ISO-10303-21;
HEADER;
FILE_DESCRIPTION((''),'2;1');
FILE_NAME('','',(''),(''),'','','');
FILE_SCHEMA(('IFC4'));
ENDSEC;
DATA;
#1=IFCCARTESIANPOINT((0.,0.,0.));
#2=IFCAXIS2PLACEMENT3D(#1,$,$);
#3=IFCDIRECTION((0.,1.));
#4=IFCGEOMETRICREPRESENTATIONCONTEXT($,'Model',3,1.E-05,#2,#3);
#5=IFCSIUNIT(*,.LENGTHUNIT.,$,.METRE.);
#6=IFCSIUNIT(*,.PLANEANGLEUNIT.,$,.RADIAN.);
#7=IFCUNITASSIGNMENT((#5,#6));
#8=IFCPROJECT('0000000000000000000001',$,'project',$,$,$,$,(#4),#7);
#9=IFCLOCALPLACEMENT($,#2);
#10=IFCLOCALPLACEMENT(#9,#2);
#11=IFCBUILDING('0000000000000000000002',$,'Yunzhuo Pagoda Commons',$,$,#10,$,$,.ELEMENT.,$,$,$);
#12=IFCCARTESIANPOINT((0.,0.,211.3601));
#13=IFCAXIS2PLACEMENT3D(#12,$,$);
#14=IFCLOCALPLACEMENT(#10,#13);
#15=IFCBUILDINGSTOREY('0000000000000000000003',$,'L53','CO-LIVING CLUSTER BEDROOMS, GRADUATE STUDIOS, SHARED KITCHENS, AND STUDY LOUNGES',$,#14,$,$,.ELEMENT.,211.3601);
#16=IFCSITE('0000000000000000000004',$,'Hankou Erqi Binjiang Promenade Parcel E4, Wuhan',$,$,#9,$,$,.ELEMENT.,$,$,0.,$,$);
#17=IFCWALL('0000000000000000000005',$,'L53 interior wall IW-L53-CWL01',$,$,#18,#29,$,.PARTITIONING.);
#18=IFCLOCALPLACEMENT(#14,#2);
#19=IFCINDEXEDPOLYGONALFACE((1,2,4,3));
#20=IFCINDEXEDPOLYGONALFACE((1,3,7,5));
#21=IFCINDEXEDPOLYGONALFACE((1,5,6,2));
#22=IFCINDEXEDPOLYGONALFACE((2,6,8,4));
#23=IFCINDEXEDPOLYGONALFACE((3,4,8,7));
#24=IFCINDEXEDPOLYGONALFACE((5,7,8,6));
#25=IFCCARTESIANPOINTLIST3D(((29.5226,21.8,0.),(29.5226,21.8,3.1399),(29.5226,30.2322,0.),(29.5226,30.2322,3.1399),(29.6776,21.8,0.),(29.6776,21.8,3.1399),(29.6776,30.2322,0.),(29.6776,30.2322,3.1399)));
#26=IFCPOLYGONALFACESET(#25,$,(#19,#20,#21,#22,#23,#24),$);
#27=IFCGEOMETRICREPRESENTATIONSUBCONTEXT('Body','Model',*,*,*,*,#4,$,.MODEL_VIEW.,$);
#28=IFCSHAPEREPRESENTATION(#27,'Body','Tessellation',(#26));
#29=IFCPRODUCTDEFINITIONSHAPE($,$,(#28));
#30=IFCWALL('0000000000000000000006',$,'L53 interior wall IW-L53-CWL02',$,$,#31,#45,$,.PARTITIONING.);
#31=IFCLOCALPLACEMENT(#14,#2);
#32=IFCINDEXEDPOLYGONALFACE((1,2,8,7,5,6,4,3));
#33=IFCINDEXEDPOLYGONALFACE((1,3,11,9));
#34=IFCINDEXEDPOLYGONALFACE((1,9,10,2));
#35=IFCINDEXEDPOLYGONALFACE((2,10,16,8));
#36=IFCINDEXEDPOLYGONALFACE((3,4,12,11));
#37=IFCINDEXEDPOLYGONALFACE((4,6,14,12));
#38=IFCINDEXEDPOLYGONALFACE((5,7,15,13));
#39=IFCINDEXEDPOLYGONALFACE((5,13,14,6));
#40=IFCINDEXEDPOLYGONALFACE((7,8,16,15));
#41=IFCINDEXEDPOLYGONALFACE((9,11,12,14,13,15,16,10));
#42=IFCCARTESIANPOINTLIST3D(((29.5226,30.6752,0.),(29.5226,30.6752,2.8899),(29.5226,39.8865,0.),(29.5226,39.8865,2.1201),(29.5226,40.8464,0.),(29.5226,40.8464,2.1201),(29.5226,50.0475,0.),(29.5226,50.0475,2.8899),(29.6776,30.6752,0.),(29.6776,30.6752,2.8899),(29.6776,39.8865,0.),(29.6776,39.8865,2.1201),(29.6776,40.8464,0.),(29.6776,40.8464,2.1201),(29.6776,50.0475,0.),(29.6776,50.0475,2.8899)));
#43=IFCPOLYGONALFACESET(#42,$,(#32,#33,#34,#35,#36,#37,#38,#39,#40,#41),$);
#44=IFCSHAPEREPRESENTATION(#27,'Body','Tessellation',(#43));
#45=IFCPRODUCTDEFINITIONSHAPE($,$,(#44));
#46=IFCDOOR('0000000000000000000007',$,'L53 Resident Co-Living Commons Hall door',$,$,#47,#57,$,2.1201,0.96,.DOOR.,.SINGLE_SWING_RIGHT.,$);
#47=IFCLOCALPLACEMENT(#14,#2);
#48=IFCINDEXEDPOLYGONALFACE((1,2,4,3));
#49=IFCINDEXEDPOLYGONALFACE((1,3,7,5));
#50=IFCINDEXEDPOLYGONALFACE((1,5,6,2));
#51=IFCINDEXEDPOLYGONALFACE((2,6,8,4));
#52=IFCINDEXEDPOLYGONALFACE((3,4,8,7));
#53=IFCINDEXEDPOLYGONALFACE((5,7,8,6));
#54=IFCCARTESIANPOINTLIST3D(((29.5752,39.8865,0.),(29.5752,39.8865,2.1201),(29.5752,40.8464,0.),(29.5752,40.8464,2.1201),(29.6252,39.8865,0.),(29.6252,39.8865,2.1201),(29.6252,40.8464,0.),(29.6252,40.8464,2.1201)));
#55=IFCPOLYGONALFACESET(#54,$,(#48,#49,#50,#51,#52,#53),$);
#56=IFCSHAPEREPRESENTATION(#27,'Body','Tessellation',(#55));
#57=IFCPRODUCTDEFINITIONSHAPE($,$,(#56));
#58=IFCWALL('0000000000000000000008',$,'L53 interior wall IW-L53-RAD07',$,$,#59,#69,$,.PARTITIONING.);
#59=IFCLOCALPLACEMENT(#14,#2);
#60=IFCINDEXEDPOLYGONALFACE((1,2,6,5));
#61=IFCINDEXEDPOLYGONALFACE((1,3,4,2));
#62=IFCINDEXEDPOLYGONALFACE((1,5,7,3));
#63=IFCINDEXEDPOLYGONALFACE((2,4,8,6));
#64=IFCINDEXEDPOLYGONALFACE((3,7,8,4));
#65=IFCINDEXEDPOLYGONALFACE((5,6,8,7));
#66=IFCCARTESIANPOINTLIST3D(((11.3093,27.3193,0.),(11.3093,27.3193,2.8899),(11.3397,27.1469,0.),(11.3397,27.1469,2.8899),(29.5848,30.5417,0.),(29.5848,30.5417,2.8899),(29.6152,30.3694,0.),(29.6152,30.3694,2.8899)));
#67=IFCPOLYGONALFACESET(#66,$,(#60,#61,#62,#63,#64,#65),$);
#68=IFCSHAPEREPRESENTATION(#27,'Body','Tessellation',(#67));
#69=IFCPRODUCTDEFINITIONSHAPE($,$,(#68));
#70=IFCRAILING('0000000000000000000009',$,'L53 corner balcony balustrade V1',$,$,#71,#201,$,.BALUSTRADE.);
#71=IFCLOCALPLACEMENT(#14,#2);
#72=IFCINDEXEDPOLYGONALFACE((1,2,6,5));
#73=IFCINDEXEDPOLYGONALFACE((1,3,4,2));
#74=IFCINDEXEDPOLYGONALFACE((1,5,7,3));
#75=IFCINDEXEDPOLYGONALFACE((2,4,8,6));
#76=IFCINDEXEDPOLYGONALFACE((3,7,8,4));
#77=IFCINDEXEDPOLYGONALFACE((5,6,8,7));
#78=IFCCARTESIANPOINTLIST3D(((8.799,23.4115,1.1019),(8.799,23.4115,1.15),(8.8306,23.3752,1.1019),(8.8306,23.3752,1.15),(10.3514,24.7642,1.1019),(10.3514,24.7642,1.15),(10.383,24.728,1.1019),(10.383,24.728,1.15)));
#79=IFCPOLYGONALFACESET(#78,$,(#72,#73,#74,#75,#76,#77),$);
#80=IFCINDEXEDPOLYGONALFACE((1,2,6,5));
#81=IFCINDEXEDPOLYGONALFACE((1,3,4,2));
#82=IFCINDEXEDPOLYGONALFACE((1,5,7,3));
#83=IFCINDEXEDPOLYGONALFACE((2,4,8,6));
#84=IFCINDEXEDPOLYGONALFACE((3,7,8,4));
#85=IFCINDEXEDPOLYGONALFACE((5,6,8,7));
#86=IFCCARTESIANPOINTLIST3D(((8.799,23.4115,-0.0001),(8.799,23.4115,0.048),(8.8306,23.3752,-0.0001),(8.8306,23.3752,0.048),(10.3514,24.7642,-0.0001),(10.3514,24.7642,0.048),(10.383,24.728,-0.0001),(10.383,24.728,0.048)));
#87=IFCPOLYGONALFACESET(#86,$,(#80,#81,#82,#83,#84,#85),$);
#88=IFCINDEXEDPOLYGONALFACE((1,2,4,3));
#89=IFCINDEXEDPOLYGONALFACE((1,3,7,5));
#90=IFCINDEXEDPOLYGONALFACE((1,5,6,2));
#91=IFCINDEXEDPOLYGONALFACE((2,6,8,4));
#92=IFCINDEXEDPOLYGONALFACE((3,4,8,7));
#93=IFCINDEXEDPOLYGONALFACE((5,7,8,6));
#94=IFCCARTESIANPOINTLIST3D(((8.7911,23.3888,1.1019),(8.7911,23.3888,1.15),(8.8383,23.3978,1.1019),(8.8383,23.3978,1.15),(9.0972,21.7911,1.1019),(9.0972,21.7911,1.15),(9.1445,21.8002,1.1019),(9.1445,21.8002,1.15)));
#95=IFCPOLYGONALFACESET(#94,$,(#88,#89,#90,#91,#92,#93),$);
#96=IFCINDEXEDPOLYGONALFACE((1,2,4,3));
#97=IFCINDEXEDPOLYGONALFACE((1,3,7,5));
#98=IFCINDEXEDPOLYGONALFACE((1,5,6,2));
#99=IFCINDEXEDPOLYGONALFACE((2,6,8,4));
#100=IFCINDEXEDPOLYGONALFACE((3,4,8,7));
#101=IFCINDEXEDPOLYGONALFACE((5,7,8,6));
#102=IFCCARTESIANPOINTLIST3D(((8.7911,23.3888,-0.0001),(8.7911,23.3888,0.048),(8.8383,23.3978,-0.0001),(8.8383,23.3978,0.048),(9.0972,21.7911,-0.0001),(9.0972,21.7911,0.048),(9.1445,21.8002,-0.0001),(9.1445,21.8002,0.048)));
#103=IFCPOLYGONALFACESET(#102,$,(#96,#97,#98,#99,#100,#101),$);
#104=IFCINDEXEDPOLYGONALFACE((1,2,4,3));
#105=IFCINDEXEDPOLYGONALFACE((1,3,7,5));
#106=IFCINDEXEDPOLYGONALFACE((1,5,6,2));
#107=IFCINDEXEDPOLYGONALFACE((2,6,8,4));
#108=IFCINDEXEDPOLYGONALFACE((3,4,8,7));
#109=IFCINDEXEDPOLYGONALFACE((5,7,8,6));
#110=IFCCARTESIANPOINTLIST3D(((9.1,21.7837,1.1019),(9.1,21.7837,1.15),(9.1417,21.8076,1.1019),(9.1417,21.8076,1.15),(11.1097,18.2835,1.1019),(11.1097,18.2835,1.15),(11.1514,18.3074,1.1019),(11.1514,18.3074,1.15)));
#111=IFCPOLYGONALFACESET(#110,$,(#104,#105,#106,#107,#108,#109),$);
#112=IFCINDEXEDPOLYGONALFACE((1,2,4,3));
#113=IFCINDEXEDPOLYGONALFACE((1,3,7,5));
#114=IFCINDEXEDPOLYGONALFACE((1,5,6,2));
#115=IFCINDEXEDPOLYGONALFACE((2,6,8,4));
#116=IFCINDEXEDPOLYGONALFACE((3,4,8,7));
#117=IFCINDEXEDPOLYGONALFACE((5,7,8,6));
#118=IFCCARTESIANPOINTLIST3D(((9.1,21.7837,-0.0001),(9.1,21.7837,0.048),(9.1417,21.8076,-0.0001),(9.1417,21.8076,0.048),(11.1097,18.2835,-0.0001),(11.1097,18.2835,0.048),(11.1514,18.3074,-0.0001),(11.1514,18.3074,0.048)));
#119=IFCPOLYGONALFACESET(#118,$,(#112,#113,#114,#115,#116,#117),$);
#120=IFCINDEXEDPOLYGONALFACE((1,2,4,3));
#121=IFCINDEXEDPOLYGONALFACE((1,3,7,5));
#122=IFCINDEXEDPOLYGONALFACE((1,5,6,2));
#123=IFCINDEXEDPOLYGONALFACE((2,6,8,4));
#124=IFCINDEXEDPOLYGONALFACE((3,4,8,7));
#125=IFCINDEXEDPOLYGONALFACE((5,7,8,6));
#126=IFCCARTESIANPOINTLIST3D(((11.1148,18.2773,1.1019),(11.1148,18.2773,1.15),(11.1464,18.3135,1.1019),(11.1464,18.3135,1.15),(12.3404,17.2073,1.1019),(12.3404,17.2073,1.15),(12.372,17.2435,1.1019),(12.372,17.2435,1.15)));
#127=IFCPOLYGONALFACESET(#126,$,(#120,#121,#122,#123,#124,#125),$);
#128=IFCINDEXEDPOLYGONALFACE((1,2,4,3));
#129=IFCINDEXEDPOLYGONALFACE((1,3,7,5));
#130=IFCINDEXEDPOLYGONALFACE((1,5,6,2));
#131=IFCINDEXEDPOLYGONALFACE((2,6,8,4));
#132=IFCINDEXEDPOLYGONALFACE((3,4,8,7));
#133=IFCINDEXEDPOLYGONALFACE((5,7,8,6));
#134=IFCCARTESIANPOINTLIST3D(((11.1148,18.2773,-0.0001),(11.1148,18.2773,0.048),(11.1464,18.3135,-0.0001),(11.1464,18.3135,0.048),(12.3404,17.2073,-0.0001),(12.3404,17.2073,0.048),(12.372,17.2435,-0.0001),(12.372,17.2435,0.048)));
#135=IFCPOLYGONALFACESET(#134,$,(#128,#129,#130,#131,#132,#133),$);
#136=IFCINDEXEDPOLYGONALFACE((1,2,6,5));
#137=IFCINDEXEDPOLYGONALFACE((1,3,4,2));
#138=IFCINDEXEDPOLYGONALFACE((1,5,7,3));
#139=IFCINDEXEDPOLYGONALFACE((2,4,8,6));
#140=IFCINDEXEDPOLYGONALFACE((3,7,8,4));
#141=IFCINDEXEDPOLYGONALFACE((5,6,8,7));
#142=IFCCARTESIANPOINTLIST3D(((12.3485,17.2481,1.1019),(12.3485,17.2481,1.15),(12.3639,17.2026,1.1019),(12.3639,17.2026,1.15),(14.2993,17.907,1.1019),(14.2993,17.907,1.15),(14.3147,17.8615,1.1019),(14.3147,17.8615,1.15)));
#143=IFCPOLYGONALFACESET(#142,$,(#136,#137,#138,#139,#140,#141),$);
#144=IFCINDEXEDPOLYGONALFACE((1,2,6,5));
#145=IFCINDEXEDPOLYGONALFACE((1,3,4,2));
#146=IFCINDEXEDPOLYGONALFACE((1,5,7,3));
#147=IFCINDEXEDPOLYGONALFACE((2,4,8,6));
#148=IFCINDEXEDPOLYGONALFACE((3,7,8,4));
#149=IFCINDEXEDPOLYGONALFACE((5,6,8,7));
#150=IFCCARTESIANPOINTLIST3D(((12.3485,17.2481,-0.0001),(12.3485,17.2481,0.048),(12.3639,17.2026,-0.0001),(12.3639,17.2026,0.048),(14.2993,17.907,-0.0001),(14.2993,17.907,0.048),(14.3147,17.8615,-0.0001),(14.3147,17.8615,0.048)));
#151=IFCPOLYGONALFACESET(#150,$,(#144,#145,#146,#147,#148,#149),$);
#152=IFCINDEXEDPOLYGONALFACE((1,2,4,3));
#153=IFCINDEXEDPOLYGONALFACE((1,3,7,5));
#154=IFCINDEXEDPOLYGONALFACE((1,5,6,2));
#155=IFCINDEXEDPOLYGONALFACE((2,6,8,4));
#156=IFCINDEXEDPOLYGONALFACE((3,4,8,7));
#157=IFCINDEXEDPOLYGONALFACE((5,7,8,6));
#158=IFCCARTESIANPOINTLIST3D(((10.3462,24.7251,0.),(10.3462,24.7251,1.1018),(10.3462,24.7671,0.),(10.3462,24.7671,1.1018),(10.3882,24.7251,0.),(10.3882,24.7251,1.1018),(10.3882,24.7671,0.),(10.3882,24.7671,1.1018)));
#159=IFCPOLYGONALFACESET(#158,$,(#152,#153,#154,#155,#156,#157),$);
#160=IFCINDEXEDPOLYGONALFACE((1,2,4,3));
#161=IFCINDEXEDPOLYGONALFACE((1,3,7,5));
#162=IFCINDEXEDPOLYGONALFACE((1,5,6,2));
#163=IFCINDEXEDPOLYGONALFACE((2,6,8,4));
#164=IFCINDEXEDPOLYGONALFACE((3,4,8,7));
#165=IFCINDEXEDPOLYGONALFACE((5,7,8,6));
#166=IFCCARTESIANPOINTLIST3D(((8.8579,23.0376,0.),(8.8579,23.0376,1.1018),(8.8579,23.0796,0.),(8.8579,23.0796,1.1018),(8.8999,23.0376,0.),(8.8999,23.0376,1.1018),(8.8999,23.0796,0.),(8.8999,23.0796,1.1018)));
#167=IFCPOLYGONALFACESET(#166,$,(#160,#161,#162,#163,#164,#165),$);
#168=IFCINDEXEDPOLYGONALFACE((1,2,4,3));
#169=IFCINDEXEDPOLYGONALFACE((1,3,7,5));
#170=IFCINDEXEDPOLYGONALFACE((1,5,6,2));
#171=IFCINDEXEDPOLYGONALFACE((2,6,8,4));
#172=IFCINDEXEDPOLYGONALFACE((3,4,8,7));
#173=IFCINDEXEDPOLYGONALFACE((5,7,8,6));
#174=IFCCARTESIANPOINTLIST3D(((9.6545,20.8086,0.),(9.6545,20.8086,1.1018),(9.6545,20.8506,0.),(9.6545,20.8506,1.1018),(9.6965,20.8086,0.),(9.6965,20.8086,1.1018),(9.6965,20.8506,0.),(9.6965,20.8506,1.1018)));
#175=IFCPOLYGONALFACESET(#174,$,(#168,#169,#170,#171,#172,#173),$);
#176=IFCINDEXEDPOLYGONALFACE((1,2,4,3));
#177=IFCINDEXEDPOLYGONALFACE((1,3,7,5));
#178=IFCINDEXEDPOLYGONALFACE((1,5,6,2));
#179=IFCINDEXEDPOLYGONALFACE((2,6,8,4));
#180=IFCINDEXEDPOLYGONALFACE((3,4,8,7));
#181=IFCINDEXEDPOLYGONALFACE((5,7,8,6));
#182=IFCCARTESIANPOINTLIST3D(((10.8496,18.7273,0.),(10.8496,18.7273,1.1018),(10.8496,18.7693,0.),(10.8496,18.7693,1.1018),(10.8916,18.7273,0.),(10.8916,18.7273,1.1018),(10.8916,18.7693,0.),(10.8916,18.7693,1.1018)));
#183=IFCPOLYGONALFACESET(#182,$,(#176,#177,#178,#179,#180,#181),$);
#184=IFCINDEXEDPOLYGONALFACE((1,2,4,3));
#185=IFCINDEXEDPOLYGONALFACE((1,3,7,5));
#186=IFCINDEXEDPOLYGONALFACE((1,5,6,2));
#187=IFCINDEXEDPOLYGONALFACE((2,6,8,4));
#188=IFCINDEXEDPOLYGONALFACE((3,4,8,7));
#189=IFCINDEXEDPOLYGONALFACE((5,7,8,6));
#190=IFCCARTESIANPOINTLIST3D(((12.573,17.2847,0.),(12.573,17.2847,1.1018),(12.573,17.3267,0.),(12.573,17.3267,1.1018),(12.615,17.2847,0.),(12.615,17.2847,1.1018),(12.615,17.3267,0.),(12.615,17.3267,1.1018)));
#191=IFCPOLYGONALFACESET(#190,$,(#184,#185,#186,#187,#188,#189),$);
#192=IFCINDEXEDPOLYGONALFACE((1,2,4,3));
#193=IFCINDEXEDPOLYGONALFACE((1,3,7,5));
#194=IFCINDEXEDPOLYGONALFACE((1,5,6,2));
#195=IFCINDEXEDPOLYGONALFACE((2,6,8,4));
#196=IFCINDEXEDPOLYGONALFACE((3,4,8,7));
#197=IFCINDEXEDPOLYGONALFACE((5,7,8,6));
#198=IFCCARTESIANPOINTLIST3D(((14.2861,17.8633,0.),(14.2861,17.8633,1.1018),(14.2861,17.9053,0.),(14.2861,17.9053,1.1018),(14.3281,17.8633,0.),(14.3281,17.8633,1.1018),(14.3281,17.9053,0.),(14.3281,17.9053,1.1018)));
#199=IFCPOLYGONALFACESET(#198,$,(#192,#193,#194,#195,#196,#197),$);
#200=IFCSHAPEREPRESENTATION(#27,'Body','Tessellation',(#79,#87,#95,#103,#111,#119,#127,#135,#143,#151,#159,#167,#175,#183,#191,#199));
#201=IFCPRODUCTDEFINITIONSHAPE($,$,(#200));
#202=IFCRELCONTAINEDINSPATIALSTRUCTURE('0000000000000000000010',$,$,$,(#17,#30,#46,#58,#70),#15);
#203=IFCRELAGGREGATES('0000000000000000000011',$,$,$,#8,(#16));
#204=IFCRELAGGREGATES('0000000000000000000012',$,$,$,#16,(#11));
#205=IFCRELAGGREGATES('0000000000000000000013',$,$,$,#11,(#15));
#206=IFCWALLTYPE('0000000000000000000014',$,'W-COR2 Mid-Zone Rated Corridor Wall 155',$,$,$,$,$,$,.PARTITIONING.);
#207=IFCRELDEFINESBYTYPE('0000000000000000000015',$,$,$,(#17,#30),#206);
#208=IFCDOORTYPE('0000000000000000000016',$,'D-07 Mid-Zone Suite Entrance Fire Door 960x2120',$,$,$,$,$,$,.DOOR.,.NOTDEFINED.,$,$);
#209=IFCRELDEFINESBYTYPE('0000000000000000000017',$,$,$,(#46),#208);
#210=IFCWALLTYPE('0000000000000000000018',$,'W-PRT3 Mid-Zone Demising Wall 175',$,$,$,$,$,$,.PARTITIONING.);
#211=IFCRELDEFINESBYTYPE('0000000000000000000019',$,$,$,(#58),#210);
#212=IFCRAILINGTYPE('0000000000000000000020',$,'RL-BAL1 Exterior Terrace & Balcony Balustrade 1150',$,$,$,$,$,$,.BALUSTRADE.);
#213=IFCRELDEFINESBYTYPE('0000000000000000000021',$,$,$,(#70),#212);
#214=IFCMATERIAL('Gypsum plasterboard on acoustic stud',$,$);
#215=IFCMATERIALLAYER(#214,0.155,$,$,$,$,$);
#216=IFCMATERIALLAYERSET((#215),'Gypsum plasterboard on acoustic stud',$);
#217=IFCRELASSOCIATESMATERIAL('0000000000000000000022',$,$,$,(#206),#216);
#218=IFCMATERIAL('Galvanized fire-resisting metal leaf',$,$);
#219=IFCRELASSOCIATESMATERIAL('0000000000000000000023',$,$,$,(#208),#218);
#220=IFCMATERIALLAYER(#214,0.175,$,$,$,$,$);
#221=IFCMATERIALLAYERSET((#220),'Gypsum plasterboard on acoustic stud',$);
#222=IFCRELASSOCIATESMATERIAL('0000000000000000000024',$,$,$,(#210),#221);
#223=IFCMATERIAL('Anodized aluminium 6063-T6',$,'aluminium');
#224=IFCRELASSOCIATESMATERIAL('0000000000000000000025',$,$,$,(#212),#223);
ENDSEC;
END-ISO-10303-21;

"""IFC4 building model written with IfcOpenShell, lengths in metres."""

from ifc_helpers import new_model, si_unit, direction, frame, frame_2d, origin, origin_with_axes, origin_2d, place, context, subcontext, project, spatial, rectangle, extrude, source, transform, mapped, material, layer, layer_set, type_object, element, fill, save


model = new_model("IFC4")

# Units and contexts
model_context = context("Model", 3, precision=1e-05, world=origin(), true_north=direction((0.0, 1.0)))
body_context = subcontext(model_context, "Body", "Model", "MODEL_VIEW")
ifc_project = project(units=[si_unit("LENGTHUNIT", "METRE"), si_unit("PLANEANGLEUNIT", "RADIAN")], contexts=[model_context])

# Site, building, storey
site_placement = place(None, origin())
site = spatial("IfcSite", under=ifc_project, at=site_placement, Name="Hankou Erqi Binjiang Promenade Parcel E4, Wuhan", CompositionType="ELEMENT", RefElevation=0.0)
building_placement = place(site_placement, origin())
building = spatial("IfcBuilding", under=site, at=building_placement, Name="Yunzhuo Pagoda Commons", CompositionType="ELEMENT")
storey_placement = place(building_placement, frame((0.0, 0.0, 211.3601)))
storey = spatial("IfcBuildingStorey", under=building, at=storey_placement, Name="L53", Description="CO-LIVING CLUSTER BEDROOMS, GRADUATE STUDIOS, SHARED KITCHENS, AND STUDY LOUNGES", CompositionType="ELEMENT", Elevation=211.3601)

# Shared definitions
ifc_material_1 = material(Name="Anodized aluminium 6063-T6", Category="aluminium")

# Shared definitions
ifc_material_2 = material(Name="Gypsum plasterboard on acoustic stud")
ifc_layer_1 = layer(ifc_material_2, 0.155)
ifc_layer_set_1 = layer_set([ifc_layer_1], Name="Gypsum plasterboard on acoustic stud")
wall_type_1 = type_object("IfcWallType", Name="W-COR2 Mid-Zone Rated Corridor Wall 155", PredefinedType="PARTITIONING", material=ifc_layer_set_1)

# Wall
wall_1_placement = place(storey_placement, frame((29.6001, 21.8, 0.0), z_axis=(0.0, 0.0, 1.0), x_axis=(0.0, 1.0, 0.0)))
element("IfcWall", 1, at=wall_1_placement, inside=storey, type_object=wall_type_1, Name="L53 interior wall IW-L53-CWL01", PredefinedType="PARTITIONING", context=body_context, shape_type="SweptSolid", body=[
    extrude(rectangle(XDim=8.4321, YDim=0.155, at=frame_2d((4.2161, 0.0))), origin(), (0.0, 0.0, 1.0), 3.1399),
])

# Wall, opening, door
wall_2_placement = place(storey_placement, frame((29.6001, 30.6753, 0.0), z_axis=(0.0, 0.0, 1.0), x_axis=(0.0, 1.0, 0.0)))
wall_2 = element("IfcWall", 2, at=wall_2_placement, inside=storey, type_object=wall_type_1, Name="L53 interior wall IW-L53-CWL02", PredefinedType="PARTITIONING", context=body_context, shape_type="SweptSolid", body=[
    extrude(rectangle(XDim=19.3723, YDim=0.155, at=frame_2d((9.686, 0.0))), origin(), (0.0, 0.0, 1.0), 2.8899),
])
opening_1_placement = place(wall_2_placement, frame((9.2112, 0.0, 0.0)))
opening_1 = element("IfcOpeningElement", 3, at=opening_1_placement, cuts=wall_2, PredefinedType="OPENING", context=body_context, shape_type="SweptSolid", body=[
    extrude(rectangle(XDim=0.96, YDim=2.1201, at=frame_2d((0.48, 1.0601))), frame((0.0, 0.0874, 0.0), z_axis=(0.0, -1.0, 0.0), x_axis=(1.0, 0.0, 0.0)), (0.0, 0.0, 1.0), 0.175),
])
ifc_material_3 = material(Name="Galvanized fire-resisting metal leaf")
door_type_1 = type_object("IfcDoorType", Name="D-07 Mid-Zone Suite Entrance Fire Door 960x2120", OperationType="NOTDEFINED", PredefinedType="DOOR", material=ifc_material_3)
shared_shape_1 = source(origin(), body_context, "Body", "SweptSolid", [
    extrude(rectangle(XDim=0.96, YDim=2.1201, at=frame_2d((0.48, 1.0601))), frame((0.0, 0.0249, 0.0), z_axis=(0.0, -1.0, 0.0), x_axis=(1.0, 0.0, 0.0)), (0.0, 0.0, 1.0), 0.05),
])
door_1_placement = place(opening_1_placement, origin_with_axes())
door_1 = element("IfcDoor", 4, at=door_1_placement, inside=storey, type_object=door_type_1, Name="L53 Resident Co-Living Commons Hall door", OperationType="SINGLE_SWING_RIGHT", OverallHeight=2.1201, OverallWidth=0.96, PredefinedType="DOOR", context=body_context, shape_type="MappedRepresentation", body=[
    mapped(shared_shape_1, transform((0.0, 0.0, 0.0), scale=1.0)),
])
fill(opening_1, door_1)

# Wall
ifc_layer_2 = layer(ifc_material_2, 0.175)
ifc_layer_set_2 = layer_set([ifc_layer_2], Name="Gypsum plasterboard on acoustic stud")
wall_type_2 = type_object("IfcWallType", Name="W-PRT3 Mid-Zone Demising Wall 175", PredefinedType="PARTITIONING", material=ifc_layer_set_2)
wall_3_placement = place(storey_placement, frame((29.6001, 30.4556, 0.0), z_axis=(0.0, 0.0, 1.0), x_axis=(-0.984808, -0.173646, 0.0)))
element("IfcWall", 5, at=wall_3_placement, inside=storey, type_object=wall_type_2, Name="L53 interior wall IW-L53-RAD07", PredefinedType="PARTITIONING", context=body_context, shape_type="SweptSolid", body=[
    extrude(rectangle(XDim=18.5574, YDim=0.175, at=frame_2d((9.2788, 0.0))), origin(), (0.0, 0.0, 1.0), 2.8899),
])

# Railing
railing_type = type_object("IfcRailingType", Name="RL-BAL1 Exterior Terrace & Balcony Balustrade 1150", PredefinedType="BALUSTRADE", material=ifc_material_1)
railing_placement = place(storey_placement, frame((10.3672, 24.7461, 0.0)))
element("IfcRailing", 6, at=railing_placement, inside=storey, type_object=railing_type, Name="L53 corner balcony balustrade V1", PredefinedType="BALUSTRADE", context=body_context, shape_type="SweptSolid", body=[
    extrude(rectangle(XDim=0.0481, YDim=0.0481, at=origin_2d()), frame((0.0, 0.0, 1.126), z_axis=(-0.753934, -0.65695, 0.0), x_axis=(0.65695, -0.753934, 0.0)), (0.0, 0.0, 1.0), 2.0591),
    extrude(rectangle(XDim=0.0481, YDim=0.0481, at=origin_2d()), frame((0.0, 0.0, 0.0239), z_axis=(-0.753934, -0.65695, 0.0), x_axis=(0.65695, -0.753934, 0.0)), (0.0, 0.0, 1.0), 2.0591),
    extrude(rectangle(XDim=0.0481, YDim=0.0481, at=origin_2d()), frame((-1.5525, -1.3528, 1.126), z_axis=(0.188202, -0.98213, 0.0), x_axis=(0.98213, 0.188202, 0.0)), (0.0, 0.0, 1.0), 1.6267),
    extrude(rectangle(XDim=0.0481, YDim=0.0481, at=origin_2d()), frame((-1.5525, -1.3528, 0.0239), z_axis=(0.188202, -0.98213, 0.0), x_axis=(0.98213, 0.188202, 0.0)), (0.0, 0.0, 1.0), 1.6267),
    extrude(rectangle(XDim=0.0481, YDim=0.0481, at=origin_2d()), frame((-1.2463, -2.9504, 1.126), z_axis=(0.497936, -0.867214, 0.0), x_axis=(0.867214, 0.497936, 0.0)), (0.0, 0.0, 1.0), 4.0361),
    extrude(rectangle(XDim=0.0481, YDim=0.0481, at=origin_2d()), frame((-1.2463, -2.9504, 0.0239), z_axis=(0.497936, -0.867214, 0.0), x_axis=(0.867214, 0.497936, 0.0)), (0.0, 0.0, 1.0), 4.0361),
    extrude(rectangle(XDim=0.0481, YDim=0.0481, at=origin_2d()), frame((0.7634, -6.4507, 1.126), z_axis=(0.753283, -0.657697, 0.0), x_axis=(0.657697, 0.753283, 0.0)), (0.0, 0.0, 1.0), 1.627),
    extrude(rectangle(XDim=0.0481, YDim=0.0481, at=origin_2d()), frame((0.7634, -6.4507, 0.0239), z_axis=(0.753283, -0.657697, 0.0), x_axis=(0.657697, 0.753283, 0.0)), (0.0, 0.0, 1.0), 1.627),
    extrude(rectangle(XDim=0.0481, YDim=0.0481, at=origin_2d()), frame((1.989, -7.5208, 1.126), z_axis=(0.947419, 0.319996, 0.0), x_axis=(-0.319996, 0.947419, 0.0)), (0.0, 0.0, 1.0), 2.0591),
    extrude(rectangle(XDim=0.0481, YDim=0.0481, at=origin_2d()), frame((1.989, -7.5208, 0.0239), z_axis=(0.947419, 0.319996, 0.0), x_axis=(-0.319996, 0.947419, 0.0)), (0.0, 0.0, 1.0), 2.0591),
    extrude(rectangle(XDim=0.042, YDim=0.042, at=origin_2d()), origin(), (0.0, 0.0, 1.0), 1.1018),
    extrude(rectangle(XDim=0.042, YDim=0.042, at=origin_2d()), frame((-1.4883, -1.6875, 0.0)), (0.0, 0.0, 1.0), 1.1018),
    extrude(rectangle(XDim=0.042, YDim=0.042, at=origin_2d()), frame((-0.6917, -3.9165, 0.0)), (0.0, 0.0, 1.0), 1.1018),
    extrude(rectangle(XDim=0.042, YDim=0.042, at=origin_2d()), frame((0.5034, -5.9978, 0.0)), (0.0, 0.0, 1.0), 1.1018),
    extrude(rectangle(XDim=0.042, YDim=0.042, at=origin_2d()), frame((2.2268, -7.4404, 0.0)), (0.0, 0.0, 1.0), 1.1018),
    extrude(rectangle(XDim=0.042, YDim=0.042, at=origin_2d()), frame((3.9399, -6.8618, 0.0)), (0.0, 0.0, 1.0), 1.1018),
])

save(model, "model.ifc")
